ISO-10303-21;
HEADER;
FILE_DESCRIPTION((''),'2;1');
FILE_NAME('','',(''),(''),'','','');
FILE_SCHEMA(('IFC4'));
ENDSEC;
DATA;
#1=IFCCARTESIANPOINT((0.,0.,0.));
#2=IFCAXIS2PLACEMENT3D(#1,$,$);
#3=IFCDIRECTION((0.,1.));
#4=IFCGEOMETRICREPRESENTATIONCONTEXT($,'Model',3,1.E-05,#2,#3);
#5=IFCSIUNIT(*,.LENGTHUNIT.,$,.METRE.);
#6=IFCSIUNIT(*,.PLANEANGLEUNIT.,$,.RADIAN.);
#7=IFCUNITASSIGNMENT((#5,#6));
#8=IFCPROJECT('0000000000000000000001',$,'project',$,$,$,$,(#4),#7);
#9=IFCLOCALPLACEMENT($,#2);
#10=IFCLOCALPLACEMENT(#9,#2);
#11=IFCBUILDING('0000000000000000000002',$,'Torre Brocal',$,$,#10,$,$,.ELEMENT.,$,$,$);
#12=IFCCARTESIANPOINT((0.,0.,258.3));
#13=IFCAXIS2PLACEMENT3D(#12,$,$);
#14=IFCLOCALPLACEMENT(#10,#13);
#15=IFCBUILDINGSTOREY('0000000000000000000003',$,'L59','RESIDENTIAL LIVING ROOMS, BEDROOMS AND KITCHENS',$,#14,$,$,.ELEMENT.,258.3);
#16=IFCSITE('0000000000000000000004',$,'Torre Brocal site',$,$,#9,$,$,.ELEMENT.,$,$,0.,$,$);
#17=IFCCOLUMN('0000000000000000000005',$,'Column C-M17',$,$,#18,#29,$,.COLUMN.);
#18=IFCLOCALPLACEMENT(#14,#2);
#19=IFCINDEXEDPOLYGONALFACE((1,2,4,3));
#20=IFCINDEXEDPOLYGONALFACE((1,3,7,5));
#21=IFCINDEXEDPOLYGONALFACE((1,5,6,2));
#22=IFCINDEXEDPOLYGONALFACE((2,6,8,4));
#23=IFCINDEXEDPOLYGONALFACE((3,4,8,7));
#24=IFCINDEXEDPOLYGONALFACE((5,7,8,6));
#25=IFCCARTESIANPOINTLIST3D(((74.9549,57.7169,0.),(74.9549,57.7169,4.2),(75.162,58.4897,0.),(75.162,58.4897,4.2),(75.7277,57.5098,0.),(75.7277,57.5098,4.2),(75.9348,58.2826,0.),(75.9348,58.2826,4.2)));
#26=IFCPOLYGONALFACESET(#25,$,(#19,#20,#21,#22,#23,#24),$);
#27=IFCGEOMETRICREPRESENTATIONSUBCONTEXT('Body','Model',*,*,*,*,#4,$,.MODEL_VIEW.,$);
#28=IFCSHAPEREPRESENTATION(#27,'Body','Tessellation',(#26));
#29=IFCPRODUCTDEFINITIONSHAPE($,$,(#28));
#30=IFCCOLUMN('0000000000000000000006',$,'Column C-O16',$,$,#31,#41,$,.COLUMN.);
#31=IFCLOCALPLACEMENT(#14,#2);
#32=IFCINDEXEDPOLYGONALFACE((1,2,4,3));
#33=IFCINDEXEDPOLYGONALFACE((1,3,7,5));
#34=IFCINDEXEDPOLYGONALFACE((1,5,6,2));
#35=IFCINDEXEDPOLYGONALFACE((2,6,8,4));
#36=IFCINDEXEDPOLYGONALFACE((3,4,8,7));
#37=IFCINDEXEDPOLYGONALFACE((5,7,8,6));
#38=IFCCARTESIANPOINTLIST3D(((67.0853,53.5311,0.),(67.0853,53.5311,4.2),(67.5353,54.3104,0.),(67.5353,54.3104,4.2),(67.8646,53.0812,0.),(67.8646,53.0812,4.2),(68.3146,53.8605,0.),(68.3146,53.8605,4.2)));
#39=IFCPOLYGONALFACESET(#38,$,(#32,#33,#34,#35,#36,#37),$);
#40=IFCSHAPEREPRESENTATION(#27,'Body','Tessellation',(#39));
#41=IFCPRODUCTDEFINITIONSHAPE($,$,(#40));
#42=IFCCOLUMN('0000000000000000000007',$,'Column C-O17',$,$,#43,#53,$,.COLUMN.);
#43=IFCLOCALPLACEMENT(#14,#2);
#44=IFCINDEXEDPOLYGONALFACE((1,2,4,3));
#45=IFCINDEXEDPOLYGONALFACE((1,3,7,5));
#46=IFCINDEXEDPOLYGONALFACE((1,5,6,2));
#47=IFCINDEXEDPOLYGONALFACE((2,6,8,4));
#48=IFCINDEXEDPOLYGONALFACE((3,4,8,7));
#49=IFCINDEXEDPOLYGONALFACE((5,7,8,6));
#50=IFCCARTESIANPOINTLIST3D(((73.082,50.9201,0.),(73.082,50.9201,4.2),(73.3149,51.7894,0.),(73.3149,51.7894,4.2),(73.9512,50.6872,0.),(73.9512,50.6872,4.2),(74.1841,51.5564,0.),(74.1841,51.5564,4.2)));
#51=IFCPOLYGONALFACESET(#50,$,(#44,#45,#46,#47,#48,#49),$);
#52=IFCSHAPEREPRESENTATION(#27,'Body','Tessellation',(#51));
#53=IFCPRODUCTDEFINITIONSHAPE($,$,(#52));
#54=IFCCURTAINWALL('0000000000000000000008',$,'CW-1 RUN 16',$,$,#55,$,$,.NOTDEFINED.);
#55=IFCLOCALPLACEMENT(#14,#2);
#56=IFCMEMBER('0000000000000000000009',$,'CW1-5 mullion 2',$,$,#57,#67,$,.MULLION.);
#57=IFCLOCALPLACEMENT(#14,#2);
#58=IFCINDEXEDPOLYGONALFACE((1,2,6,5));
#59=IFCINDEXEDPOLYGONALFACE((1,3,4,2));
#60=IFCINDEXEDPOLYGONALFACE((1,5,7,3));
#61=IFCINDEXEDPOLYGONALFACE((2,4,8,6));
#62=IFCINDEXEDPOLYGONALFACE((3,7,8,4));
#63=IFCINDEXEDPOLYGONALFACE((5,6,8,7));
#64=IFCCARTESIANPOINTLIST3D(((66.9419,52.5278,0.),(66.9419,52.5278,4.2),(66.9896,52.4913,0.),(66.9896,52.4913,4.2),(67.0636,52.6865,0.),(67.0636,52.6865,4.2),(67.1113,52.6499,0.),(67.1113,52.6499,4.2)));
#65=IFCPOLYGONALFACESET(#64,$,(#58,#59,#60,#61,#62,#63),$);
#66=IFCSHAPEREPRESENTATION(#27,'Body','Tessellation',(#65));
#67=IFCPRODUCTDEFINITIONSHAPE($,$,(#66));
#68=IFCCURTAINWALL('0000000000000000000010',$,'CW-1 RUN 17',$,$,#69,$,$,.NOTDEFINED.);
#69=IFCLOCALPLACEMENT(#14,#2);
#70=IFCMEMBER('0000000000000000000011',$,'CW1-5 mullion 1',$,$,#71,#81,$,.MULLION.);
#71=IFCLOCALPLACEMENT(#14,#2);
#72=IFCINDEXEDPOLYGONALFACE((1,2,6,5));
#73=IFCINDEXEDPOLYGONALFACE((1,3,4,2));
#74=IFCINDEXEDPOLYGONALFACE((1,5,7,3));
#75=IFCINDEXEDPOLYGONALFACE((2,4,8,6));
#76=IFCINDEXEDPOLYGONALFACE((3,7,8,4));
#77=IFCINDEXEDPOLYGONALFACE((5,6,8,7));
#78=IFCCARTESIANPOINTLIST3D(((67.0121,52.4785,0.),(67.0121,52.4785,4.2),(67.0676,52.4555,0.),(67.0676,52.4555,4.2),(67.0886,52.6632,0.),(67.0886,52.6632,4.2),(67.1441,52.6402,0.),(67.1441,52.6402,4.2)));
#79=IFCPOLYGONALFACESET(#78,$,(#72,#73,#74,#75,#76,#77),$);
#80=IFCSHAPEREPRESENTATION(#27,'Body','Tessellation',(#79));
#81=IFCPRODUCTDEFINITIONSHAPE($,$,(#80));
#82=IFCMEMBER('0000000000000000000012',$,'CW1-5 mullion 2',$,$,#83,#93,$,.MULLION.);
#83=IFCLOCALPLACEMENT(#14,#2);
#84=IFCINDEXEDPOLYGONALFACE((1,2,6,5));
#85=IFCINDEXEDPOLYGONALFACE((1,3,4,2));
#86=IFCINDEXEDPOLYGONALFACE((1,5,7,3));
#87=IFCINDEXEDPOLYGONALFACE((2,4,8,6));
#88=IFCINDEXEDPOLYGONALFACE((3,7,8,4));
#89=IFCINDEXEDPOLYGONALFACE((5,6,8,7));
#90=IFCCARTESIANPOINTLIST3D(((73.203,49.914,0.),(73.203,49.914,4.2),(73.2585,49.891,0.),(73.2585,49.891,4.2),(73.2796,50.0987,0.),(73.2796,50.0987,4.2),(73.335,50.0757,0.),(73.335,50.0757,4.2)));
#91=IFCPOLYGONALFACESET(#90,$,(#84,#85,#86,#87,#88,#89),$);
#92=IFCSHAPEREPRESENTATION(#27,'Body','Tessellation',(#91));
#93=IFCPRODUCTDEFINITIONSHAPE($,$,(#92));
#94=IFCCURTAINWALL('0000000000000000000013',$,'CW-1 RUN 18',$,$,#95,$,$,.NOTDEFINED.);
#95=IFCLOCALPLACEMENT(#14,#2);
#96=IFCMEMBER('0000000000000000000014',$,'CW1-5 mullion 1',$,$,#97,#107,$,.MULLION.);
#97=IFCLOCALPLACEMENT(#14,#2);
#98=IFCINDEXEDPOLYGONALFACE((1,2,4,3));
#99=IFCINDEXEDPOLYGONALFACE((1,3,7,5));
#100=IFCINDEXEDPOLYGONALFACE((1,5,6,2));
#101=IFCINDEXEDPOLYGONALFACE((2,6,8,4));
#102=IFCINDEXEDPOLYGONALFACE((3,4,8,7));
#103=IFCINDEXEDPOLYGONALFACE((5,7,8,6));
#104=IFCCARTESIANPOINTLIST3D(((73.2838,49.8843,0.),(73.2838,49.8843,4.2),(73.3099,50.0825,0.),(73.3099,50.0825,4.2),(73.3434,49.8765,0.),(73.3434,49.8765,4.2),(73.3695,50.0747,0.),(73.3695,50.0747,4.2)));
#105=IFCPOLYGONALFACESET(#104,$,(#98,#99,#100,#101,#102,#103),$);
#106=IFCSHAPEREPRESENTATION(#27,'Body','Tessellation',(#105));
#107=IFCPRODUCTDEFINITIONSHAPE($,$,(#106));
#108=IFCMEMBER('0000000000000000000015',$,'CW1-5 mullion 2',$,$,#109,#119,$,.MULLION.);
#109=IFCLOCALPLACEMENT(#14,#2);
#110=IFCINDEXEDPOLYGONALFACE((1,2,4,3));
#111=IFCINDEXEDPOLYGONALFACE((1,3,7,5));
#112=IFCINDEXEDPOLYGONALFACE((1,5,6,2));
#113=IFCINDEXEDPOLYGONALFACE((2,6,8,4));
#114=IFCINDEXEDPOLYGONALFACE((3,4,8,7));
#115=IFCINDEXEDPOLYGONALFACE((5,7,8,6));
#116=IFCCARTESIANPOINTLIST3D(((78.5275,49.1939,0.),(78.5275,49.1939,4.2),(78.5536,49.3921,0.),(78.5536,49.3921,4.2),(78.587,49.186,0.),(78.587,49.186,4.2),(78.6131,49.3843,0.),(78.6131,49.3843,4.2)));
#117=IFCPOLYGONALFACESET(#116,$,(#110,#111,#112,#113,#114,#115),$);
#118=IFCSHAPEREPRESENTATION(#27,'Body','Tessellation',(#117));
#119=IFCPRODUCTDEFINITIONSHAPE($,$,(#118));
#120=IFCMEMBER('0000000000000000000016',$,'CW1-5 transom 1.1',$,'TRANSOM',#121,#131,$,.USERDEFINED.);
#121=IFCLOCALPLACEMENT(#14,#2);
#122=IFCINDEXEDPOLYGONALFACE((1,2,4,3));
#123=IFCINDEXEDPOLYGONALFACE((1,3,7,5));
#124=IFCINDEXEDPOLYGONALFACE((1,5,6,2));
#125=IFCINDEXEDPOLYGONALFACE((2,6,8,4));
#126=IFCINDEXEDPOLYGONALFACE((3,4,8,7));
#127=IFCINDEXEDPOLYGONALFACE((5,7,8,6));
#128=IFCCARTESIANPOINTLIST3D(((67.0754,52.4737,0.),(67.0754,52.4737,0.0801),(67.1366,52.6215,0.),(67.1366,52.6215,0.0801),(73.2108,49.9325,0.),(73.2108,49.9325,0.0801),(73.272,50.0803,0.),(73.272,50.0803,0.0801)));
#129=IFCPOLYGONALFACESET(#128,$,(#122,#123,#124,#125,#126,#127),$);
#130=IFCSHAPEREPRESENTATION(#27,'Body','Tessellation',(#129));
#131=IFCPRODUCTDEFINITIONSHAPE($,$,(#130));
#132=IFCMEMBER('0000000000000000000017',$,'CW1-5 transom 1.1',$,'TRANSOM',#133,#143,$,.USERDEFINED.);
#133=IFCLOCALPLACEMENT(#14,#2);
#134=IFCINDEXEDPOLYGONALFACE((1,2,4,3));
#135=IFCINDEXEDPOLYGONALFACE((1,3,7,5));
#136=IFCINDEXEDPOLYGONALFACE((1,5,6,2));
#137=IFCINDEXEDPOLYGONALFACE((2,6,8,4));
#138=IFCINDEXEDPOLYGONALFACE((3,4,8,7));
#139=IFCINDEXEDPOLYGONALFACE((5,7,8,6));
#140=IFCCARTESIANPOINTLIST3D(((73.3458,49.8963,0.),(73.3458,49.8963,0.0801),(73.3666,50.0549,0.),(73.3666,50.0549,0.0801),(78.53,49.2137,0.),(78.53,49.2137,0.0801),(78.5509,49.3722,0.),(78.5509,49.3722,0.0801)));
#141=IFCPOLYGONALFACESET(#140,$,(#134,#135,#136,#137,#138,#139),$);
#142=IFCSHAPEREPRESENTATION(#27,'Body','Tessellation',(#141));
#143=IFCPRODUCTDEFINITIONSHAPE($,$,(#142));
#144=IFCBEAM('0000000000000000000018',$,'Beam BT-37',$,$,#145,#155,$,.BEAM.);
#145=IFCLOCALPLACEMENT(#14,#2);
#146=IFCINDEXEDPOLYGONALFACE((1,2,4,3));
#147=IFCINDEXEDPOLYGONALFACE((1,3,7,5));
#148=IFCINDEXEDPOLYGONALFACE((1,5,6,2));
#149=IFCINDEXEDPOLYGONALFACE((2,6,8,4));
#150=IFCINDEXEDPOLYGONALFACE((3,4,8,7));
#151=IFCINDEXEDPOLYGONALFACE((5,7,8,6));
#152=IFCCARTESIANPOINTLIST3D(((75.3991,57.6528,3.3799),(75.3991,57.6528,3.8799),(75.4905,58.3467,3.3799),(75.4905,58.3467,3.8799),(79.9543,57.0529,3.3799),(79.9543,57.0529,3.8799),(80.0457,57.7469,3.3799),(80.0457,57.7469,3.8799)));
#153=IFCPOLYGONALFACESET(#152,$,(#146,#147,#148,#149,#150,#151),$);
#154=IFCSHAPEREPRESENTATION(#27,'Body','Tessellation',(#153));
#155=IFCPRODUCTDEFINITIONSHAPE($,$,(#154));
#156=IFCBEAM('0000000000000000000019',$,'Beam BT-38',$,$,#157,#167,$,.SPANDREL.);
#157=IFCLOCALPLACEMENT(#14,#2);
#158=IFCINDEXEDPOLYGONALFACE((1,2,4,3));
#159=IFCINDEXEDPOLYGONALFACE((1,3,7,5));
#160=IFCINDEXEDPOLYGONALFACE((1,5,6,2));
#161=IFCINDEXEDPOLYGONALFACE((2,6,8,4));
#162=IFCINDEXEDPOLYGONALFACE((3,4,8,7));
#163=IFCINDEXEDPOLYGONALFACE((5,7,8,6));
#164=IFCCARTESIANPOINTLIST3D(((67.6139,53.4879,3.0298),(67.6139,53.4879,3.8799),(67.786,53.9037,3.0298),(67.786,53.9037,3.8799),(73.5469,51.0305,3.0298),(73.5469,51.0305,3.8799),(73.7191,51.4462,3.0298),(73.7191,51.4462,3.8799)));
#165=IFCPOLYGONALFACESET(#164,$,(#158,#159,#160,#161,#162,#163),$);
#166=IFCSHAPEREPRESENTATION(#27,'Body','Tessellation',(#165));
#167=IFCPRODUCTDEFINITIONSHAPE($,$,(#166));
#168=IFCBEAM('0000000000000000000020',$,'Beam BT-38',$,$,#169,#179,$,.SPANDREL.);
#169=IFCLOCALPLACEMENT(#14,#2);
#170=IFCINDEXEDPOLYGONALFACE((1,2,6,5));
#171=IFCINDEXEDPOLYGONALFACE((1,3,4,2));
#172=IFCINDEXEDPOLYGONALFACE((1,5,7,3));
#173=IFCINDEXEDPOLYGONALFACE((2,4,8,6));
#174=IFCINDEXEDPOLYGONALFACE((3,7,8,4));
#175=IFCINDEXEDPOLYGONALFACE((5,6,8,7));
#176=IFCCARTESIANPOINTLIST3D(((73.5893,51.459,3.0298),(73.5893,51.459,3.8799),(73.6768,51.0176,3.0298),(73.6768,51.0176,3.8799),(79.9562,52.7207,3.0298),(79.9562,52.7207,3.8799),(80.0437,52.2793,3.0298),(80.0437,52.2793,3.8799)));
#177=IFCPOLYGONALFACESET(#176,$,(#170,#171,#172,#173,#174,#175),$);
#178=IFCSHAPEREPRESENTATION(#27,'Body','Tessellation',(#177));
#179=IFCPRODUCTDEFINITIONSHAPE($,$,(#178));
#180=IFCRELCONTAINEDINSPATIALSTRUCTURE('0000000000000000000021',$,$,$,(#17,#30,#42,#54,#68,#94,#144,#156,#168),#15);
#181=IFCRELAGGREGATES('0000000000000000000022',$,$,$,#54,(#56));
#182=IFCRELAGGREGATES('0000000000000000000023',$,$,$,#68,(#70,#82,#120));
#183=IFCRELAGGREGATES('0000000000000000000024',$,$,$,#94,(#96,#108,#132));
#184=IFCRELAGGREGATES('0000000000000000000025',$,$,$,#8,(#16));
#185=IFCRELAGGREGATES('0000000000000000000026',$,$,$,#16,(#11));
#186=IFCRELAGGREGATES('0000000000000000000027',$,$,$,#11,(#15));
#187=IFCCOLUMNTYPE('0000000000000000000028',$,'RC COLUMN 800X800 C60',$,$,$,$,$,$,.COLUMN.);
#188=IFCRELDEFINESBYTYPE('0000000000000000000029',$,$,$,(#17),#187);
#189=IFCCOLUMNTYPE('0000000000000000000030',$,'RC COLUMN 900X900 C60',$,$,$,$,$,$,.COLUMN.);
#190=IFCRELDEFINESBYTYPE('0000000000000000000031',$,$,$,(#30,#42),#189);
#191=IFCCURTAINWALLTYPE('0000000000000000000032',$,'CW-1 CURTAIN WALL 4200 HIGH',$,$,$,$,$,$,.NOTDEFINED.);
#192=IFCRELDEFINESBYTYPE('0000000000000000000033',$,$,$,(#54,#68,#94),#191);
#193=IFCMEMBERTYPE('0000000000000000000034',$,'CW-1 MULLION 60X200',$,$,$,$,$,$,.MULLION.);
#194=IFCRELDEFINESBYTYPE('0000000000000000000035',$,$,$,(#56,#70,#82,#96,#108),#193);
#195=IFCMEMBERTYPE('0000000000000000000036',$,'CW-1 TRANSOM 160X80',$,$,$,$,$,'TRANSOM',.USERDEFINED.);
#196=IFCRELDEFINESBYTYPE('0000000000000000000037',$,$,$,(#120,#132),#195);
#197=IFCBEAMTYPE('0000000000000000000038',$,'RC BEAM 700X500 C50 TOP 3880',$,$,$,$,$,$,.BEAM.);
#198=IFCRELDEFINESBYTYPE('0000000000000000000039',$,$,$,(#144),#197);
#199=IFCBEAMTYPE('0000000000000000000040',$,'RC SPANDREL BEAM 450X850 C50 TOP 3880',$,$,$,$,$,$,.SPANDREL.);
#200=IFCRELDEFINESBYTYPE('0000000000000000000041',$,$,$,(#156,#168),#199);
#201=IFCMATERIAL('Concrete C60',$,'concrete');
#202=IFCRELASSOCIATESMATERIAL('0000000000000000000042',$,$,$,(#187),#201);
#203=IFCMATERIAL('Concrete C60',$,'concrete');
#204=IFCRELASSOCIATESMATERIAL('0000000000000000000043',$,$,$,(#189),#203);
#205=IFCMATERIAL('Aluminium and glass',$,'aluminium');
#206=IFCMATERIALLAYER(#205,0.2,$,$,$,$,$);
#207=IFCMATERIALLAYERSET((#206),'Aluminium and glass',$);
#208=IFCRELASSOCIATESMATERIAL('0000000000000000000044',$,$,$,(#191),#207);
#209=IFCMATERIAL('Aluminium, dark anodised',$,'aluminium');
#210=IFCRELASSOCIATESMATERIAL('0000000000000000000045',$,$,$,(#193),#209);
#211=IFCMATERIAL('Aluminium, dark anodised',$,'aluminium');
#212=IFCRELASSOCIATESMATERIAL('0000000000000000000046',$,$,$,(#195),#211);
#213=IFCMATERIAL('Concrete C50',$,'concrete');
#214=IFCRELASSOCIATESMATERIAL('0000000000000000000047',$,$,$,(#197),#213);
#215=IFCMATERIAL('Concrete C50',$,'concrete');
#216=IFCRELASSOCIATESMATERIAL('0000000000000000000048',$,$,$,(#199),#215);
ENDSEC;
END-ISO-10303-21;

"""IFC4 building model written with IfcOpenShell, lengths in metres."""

from ifc_helpers import new_model, si_unit, direction, frame, origin, origin_2d, place, context, subcontext, project, spatial, rectangle, extrude, material, layer, layer_set, material_profile, profile_set, type_object, element, aggregate, save


model = new_model("IFC4")

# Units and contexts
model_context = context("Model", 3, precision=1e-05, world=origin(), true_north=direction((0.0, 1.0)))
body_context = subcontext(model_context, "Body", "Model", "MODEL_VIEW")
ifc_project = project(units=[si_unit("LENGTHUNIT", "METRE"), si_unit("PLANEANGLEUNIT", "RADIAN")], contexts=[model_context])

# Site, building, storey
site_placement = place(None, origin())
site = spatial("IfcSite", under=ifc_project, at=site_placement, Name="Torre Brocal site", CompositionType="ELEMENT", RefElevation=0.0)
building_placement = place(site_placement, origin())
building = spatial("IfcBuilding", under=site, at=building_placement, Name="Torre Brocal", CompositionType="ELEMENT")
storey_placement = place(building_placement, frame((0.0, 0.0, 258.3)))
storey = spatial("IfcBuildingStorey", under=building, at=storey_placement, Name="L59", Description="RESIDENTIAL LIVING ROOMS, BEDROOMS AND KITCHENS", CompositionType="ELEMENT", Elevation=258.3)

# Columns
ifc_material_1 = material(Name="Concrete C60", Category="concrete")
ifc_material_profile_1 = material_profile(ifc_material_1, rectangle(XDim=0.8, YDim=0.8, at=origin_2d()), Name="RC 800X800")
ifc_profile_set_1 = profile_set([ifc_material_profile_1], Name="Concrete C60")
column_type_1 = type_object("IfcColumnType", Name="RC COLUMN 800X800 C60", PredefinedType="COLUMN", material=ifc_profile_set_1)
column_placement = place(storey_placement, frame((75.4448, 57.9998, 0.0), z_axis=(0.0, 0.0, 1.0), x_axis=(-0.258819, -0.965926, 0.0)))
element("IfcColumn", 1, at=column_placement, inside=storey, type_object=column_type_1, Name="Column C-M17", PredefinedType="COLUMN", context=body_context, shape_type="SweptSolid", body=[
    extrude(rectangle(XDim=0.8, YDim=0.8, at=origin_2d()), origin(), (0.0, 0.0, 1.0), 4.2),
])
ifc_material_2 = material(Name="Concrete C60", Category="concrete")
ifc_material_profile_2 = material_profile(ifc_material_2, rectangle(XDim=0.8999, YDim=0.8999, at=origin_2d()), Name="RC 900X900")
ifc_profile_set_2 = profile_set([ifc_material_profile_2], Name="Concrete C60")
column_type_2 = type_object("IfcColumnType", Name="RC COLUMN 900X900 C60", PredefinedType="COLUMN", material=ifc_profile_set_2)
for number, where, z_axis, x_axis, name in (
    (2, (67.7, 53.6958, 0.0), (0.0, 0.0, 1.0), (-0.5, -0.866025, 0.0), "Column C-O16"),
    (3, (73.6331, 51.2383, 0.0), (0.0, 0.0, 1.0), (-0.258819, -0.965926, 0.0), "Column C-O17"),
):
    element("IfcColumn", number, at=place(storey_placement, frame(where, z_axis=z_axis, x_axis=x_axis)), inside=storey, type_object=column_type_2, Name=name, PredefinedType="COLUMN", context=body_context, shape_type="SweptSolid", body=[
        extrude(rectangle(XDim=0.8999, YDim=0.8999, at=origin_2d()), origin(), (0.0, 0.0, 1.0), 4.2),
    ])

# Curtain wall, member
ifc_material_3 = material(Name="Aluminium and glass", Category="aluminium")
ifc_layer_1 = layer(ifc_material_3, 0.2)
ifc_layer_set_1 = layer_set([ifc_layer_1], Name="Aluminium and glass")
curtain_wall_type = type_object("IfcCurtainWallType", Name="CW-1 CURTAIN WALL 4200 HIGH", PredefinedType="NOTDEFINED", material=ifc_layer_set_1)
curtain_wall_1_placement = place(storey_placement, origin())
curtain_wall_1 = element("IfcCurtainWall", 4, at=curtain_wall_1_placement, inside=storey, type_object=curtain_wall_type, Name="CW-1 RUN 16", PredefinedType="NOTDEFINED")
ifc_material_4 = material(Name="Aluminium, dark anodised", Category="aluminium")
ifc_material_profile_3 = material_profile(ifc_material_4, rectangle(XDim=0.2, YDim=0.0601, at=origin_2d()), Name="CW-1 MULLION 60X200")
ifc_profile_set_3 = profile_set([ifc_material_profile_3], Name="Aluminium, dark anodised")
member_type_1 = type_object("IfcMemberType", Name="CW-1 MULLION 60X200", PredefinedType="MULLION", material=ifc_profile_set_3)
member_1_placement = place(storey_placement, frame((67.0266, 52.5889, 0.0), z_axis=(0.0, 0.0, 1.0), x_axis=(0.608761, 0.793353, 0.0)))
member_1 = element("IfcMember", 5, at=member_1_placement, type_object=member_type_1, Name="CW1-5 mullion 2", PredefinedType="MULLION", context=body_context, shape_type="SweptSolid", body=[
    extrude(rectangle(XDim=0.2, YDim=0.0601, at=origin_2d()), origin(), (0.0, 0.0, 1.0), 4.2),
])
aggregate(curtain_wall_1, [member_1])

# Curtain walls, members
curtain_wall_2_placement = place(storey_placement, origin())
curtain_wall_2 = element("IfcCurtainWall", 6, at=curtain_wall_2_placement, inside=storey, type_object=curtain_wall_type, Name="CW-1 RUN 17", PredefinedType="NOTDEFINED")
member_2_placement = place(storey_placement, frame((67.0781, 52.5593, 0.0), z_axis=(0.0, 0.0, 1.0), x_axis=(0.382683, 0.92388, 0.0)))
member_2 = element("IfcMember", 7, at=member_2_placement, type_object=member_type_1, Name="CW1-5 mullion 1", PredefinedType="MULLION", context=body_context, shape_type="SweptSolid", body=[
    extrude(rectangle(XDim=0.2, YDim=0.0601, at=origin_2d()), origin(), (0.0, 0.0, 1.0), 4.2),
])
member_3_placement = place(storey_placement, frame((73.269, 49.9949, 0.0), z_axis=(0.0, 0.0, 1.0), x_axis=(0.382683, 0.92388, 0.0)))
member_3 = element("IfcMember", 8, at=member_3_placement, type_object=member_type_1, Name="CW1-5 mullion 2", PredefinedType="MULLION", context=body_context, shape_type="SweptSolid", body=[
    extrude(rectangle(XDim=0.2, YDim=0.0601, at=origin_2d()), origin(), (0.0, 0.0, 1.0), 4.2),
])
curtain_wall_3_placement = place(storey_placement, origin())
curtain_wall_3 = element("IfcCurtainWall", 9, at=curtain_wall_3_placement, inside=storey, type_object=curtain_wall_type, Name="CW-1 RUN 18", PredefinedType="NOTDEFINED")
member_4_placement = place(storey_placement, frame((73.3267, 49.9795, 0.0), z_axis=(0.0, 0.0, 1.0), x_axis=(0.130526, 0.991445, 0.0)))
member_4 = element("IfcMember", 10, at=member_4_placement, type_object=member_type_1, Name="CW1-5 mullion 1", PredefinedType="MULLION", context=body_context, shape_type="SweptSolid", body=[
    extrude(rectangle(XDim=0.2, YDim=0.0601, at=origin_2d()), origin(), (0.0, 0.0, 1.0), 4.2),
])
member_5_placement = place(storey_placement, frame((78.5703, 49.2891, 0.0), z_axis=(0.0, 0.0, 1.0), x_axis=(0.130526, 0.991445, 0.0)))
member_5 = element("IfcMember", 11, at=member_5_placement, type_object=member_type_1, Name="CW1-5 mullion 2", PredefinedType="MULLION", context=body_context, shape_type="SweptSolid", body=[
    extrude(rectangle(XDim=0.2, YDim=0.0601, at=origin_2d()), origin(), (0.0, 0.0, 1.0), 4.2),
])

# Members
ifc_material_5 = material(Name="Aluminium, dark anodised", Category="aluminium")
ifc_material_profile_4 = material_profile(ifc_material_5, rectangle(XDim=0.1599, YDim=0.0801, at=origin_2d()), Name="CW-1 TRANSOM 160X80")
ifc_profile_set_4 = profile_set([ifc_material_profile_4], Name="Aluminium, dark anodised")
member_type_2 = type_object("IfcMemberType", Name="CW-1 TRANSOM 160X80", ElementType="TRANSOM", PredefinedType="USERDEFINED", material=ifc_profile_set_4)
member_6_placement = place(storey_placement, frame((67.106, 52.5476, 0.04), z_axis=(0.923887, -0.382665, 0.0), x_axis=(0.382665, 0.923887, 0.0)))
member_6 = element("IfcMember", 12, at=member_6_placement, type_object=member_type_2, Name="CW1-5 transom 1.1", ObjectType="TRANSOM", PredefinedType="USERDEFINED", context=body_context, shape_type="SweptSolid", body=[
    extrude(rectangle(XDim=0.1599, YDim=0.0801, at=origin_2d()), origin(), (0.0, 0.0, 1.0), 6.6409),
])
member_7_placement = place(storey_placement, frame((73.3562, 49.9756, 0.04), z_axis=(0.991443, -0.130543, 0.0), x_axis=(0.130543, 0.991443, 0.0)))
member_7 = element("IfcMember", 13, at=member_7_placement, type_object=member_type_2, Name="CW1-5 transom 1.1", ObjectType="TRANSOM", PredefinedType="USERDEFINED", context=body_context, shape_type="SweptSolid", body=[
    extrude(rectangle(XDim=0.1599, YDim=0.0801, at=origin_2d()), origin(), (0.0, 0.0, 1.0), 5.229),
])

# Beams
ifc_material_6 = material(Name="Concrete C50", Category="concrete")
ifc_material_profile_5 = material_profile(ifc_material_6, rectangle(XDim=0.7, YDim=0.5, at=origin_2d()), Name="RC 700X500")
ifc_profile_set_5 = profile_set([ifc_material_profile_5], Name="Concrete C50")
beam_type_1 = type_object("IfcBeamType", Name="RC BEAM 700X500 C50 TOP 3880", PredefinedType="BEAM", material=ifc_profile_set_5)
beam_1_placement = place(storey_placement, frame((75.4448, 57.9998, 3.6299), z_axis=(0.991441, -0.130559, 0.0), x_axis=(0.130559, 0.991441, 0.0)))
element("IfcBeam", 14, at=beam_1_placement, inside=storey, type_object=beam_type_1, Name="Beam BT-37", PredefinedType="BEAM", context=body_context, shape_type="SweptSolid", body=[
    extrude(rectangle(XDim=0.7, YDim=0.5, at=origin_2d()), origin(), (0.0, 0.0, 1.0), 4.5945),
])
ifc_material_7 = material(Name="Concrete C50", Category="concrete")
ifc_material_profile_6 = material_profile(ifc_material_7, rectangle(XDim=0.45, YDim=0.8501, at=origin_2d()), Name="RC 450X850")
ifc_profile_set_6 = profile_set([ifc_material_profile_6], Name="Concrete C50")
beam_type_2 = type_object("IfcBeamType", Name="RC SPANDREL BEAM 450X850 C50 TOP 3880", PredefinedType="SPANDREL", material=ifc_profile_set_6)
beam_2_placement = place(storey_placement, frame((67.7, 53.6958, 3.4548), z_axis=(0.923882, -0.382676, 0.0), x_axis=(0.382676, 0.923882, 0.0)))
element("IfcBeam", 15, at=beam_2_placement, inside=storey, type_object=beam_type_2, Name="Beam BT-38", PredefinedType="SPANDREL", context=body_context, shape_type="SweptSolid", body=[
    extrude(rectangle(XDim=0.45, YDim=0.8501, at=origin_2d()), origin(), (0.0, 0.0, 1.0), 6.4219),
])
beam_3_placement = place(storey_placement, frame((73.6331, 51.2383, 3.4548), z_axis=(0.980925, 0.194387, 0.0), x_axis=(-0.194387, 0.980925, 0.0)))
element("IfcBeam", 16, at=beam_3_placement, inside=storey, type_object=beam_type_2, Name="Beam BT-38", PredefinedType="SPANDREL", context=body_context, shape_type="SweptSolid", body=[
    extrude(rectangle(XDim=0.45, YDim=0.8501, at=origin_2d()), origin(), (0.0, 0.0, 1.0), 6.4907),
])

aggregate(curtain_wall_2, [member_2, member_3, member_6])
aggregate(curtain_wall_3, [member_4, member_5, member_7])

save(model, "model.ifc")
